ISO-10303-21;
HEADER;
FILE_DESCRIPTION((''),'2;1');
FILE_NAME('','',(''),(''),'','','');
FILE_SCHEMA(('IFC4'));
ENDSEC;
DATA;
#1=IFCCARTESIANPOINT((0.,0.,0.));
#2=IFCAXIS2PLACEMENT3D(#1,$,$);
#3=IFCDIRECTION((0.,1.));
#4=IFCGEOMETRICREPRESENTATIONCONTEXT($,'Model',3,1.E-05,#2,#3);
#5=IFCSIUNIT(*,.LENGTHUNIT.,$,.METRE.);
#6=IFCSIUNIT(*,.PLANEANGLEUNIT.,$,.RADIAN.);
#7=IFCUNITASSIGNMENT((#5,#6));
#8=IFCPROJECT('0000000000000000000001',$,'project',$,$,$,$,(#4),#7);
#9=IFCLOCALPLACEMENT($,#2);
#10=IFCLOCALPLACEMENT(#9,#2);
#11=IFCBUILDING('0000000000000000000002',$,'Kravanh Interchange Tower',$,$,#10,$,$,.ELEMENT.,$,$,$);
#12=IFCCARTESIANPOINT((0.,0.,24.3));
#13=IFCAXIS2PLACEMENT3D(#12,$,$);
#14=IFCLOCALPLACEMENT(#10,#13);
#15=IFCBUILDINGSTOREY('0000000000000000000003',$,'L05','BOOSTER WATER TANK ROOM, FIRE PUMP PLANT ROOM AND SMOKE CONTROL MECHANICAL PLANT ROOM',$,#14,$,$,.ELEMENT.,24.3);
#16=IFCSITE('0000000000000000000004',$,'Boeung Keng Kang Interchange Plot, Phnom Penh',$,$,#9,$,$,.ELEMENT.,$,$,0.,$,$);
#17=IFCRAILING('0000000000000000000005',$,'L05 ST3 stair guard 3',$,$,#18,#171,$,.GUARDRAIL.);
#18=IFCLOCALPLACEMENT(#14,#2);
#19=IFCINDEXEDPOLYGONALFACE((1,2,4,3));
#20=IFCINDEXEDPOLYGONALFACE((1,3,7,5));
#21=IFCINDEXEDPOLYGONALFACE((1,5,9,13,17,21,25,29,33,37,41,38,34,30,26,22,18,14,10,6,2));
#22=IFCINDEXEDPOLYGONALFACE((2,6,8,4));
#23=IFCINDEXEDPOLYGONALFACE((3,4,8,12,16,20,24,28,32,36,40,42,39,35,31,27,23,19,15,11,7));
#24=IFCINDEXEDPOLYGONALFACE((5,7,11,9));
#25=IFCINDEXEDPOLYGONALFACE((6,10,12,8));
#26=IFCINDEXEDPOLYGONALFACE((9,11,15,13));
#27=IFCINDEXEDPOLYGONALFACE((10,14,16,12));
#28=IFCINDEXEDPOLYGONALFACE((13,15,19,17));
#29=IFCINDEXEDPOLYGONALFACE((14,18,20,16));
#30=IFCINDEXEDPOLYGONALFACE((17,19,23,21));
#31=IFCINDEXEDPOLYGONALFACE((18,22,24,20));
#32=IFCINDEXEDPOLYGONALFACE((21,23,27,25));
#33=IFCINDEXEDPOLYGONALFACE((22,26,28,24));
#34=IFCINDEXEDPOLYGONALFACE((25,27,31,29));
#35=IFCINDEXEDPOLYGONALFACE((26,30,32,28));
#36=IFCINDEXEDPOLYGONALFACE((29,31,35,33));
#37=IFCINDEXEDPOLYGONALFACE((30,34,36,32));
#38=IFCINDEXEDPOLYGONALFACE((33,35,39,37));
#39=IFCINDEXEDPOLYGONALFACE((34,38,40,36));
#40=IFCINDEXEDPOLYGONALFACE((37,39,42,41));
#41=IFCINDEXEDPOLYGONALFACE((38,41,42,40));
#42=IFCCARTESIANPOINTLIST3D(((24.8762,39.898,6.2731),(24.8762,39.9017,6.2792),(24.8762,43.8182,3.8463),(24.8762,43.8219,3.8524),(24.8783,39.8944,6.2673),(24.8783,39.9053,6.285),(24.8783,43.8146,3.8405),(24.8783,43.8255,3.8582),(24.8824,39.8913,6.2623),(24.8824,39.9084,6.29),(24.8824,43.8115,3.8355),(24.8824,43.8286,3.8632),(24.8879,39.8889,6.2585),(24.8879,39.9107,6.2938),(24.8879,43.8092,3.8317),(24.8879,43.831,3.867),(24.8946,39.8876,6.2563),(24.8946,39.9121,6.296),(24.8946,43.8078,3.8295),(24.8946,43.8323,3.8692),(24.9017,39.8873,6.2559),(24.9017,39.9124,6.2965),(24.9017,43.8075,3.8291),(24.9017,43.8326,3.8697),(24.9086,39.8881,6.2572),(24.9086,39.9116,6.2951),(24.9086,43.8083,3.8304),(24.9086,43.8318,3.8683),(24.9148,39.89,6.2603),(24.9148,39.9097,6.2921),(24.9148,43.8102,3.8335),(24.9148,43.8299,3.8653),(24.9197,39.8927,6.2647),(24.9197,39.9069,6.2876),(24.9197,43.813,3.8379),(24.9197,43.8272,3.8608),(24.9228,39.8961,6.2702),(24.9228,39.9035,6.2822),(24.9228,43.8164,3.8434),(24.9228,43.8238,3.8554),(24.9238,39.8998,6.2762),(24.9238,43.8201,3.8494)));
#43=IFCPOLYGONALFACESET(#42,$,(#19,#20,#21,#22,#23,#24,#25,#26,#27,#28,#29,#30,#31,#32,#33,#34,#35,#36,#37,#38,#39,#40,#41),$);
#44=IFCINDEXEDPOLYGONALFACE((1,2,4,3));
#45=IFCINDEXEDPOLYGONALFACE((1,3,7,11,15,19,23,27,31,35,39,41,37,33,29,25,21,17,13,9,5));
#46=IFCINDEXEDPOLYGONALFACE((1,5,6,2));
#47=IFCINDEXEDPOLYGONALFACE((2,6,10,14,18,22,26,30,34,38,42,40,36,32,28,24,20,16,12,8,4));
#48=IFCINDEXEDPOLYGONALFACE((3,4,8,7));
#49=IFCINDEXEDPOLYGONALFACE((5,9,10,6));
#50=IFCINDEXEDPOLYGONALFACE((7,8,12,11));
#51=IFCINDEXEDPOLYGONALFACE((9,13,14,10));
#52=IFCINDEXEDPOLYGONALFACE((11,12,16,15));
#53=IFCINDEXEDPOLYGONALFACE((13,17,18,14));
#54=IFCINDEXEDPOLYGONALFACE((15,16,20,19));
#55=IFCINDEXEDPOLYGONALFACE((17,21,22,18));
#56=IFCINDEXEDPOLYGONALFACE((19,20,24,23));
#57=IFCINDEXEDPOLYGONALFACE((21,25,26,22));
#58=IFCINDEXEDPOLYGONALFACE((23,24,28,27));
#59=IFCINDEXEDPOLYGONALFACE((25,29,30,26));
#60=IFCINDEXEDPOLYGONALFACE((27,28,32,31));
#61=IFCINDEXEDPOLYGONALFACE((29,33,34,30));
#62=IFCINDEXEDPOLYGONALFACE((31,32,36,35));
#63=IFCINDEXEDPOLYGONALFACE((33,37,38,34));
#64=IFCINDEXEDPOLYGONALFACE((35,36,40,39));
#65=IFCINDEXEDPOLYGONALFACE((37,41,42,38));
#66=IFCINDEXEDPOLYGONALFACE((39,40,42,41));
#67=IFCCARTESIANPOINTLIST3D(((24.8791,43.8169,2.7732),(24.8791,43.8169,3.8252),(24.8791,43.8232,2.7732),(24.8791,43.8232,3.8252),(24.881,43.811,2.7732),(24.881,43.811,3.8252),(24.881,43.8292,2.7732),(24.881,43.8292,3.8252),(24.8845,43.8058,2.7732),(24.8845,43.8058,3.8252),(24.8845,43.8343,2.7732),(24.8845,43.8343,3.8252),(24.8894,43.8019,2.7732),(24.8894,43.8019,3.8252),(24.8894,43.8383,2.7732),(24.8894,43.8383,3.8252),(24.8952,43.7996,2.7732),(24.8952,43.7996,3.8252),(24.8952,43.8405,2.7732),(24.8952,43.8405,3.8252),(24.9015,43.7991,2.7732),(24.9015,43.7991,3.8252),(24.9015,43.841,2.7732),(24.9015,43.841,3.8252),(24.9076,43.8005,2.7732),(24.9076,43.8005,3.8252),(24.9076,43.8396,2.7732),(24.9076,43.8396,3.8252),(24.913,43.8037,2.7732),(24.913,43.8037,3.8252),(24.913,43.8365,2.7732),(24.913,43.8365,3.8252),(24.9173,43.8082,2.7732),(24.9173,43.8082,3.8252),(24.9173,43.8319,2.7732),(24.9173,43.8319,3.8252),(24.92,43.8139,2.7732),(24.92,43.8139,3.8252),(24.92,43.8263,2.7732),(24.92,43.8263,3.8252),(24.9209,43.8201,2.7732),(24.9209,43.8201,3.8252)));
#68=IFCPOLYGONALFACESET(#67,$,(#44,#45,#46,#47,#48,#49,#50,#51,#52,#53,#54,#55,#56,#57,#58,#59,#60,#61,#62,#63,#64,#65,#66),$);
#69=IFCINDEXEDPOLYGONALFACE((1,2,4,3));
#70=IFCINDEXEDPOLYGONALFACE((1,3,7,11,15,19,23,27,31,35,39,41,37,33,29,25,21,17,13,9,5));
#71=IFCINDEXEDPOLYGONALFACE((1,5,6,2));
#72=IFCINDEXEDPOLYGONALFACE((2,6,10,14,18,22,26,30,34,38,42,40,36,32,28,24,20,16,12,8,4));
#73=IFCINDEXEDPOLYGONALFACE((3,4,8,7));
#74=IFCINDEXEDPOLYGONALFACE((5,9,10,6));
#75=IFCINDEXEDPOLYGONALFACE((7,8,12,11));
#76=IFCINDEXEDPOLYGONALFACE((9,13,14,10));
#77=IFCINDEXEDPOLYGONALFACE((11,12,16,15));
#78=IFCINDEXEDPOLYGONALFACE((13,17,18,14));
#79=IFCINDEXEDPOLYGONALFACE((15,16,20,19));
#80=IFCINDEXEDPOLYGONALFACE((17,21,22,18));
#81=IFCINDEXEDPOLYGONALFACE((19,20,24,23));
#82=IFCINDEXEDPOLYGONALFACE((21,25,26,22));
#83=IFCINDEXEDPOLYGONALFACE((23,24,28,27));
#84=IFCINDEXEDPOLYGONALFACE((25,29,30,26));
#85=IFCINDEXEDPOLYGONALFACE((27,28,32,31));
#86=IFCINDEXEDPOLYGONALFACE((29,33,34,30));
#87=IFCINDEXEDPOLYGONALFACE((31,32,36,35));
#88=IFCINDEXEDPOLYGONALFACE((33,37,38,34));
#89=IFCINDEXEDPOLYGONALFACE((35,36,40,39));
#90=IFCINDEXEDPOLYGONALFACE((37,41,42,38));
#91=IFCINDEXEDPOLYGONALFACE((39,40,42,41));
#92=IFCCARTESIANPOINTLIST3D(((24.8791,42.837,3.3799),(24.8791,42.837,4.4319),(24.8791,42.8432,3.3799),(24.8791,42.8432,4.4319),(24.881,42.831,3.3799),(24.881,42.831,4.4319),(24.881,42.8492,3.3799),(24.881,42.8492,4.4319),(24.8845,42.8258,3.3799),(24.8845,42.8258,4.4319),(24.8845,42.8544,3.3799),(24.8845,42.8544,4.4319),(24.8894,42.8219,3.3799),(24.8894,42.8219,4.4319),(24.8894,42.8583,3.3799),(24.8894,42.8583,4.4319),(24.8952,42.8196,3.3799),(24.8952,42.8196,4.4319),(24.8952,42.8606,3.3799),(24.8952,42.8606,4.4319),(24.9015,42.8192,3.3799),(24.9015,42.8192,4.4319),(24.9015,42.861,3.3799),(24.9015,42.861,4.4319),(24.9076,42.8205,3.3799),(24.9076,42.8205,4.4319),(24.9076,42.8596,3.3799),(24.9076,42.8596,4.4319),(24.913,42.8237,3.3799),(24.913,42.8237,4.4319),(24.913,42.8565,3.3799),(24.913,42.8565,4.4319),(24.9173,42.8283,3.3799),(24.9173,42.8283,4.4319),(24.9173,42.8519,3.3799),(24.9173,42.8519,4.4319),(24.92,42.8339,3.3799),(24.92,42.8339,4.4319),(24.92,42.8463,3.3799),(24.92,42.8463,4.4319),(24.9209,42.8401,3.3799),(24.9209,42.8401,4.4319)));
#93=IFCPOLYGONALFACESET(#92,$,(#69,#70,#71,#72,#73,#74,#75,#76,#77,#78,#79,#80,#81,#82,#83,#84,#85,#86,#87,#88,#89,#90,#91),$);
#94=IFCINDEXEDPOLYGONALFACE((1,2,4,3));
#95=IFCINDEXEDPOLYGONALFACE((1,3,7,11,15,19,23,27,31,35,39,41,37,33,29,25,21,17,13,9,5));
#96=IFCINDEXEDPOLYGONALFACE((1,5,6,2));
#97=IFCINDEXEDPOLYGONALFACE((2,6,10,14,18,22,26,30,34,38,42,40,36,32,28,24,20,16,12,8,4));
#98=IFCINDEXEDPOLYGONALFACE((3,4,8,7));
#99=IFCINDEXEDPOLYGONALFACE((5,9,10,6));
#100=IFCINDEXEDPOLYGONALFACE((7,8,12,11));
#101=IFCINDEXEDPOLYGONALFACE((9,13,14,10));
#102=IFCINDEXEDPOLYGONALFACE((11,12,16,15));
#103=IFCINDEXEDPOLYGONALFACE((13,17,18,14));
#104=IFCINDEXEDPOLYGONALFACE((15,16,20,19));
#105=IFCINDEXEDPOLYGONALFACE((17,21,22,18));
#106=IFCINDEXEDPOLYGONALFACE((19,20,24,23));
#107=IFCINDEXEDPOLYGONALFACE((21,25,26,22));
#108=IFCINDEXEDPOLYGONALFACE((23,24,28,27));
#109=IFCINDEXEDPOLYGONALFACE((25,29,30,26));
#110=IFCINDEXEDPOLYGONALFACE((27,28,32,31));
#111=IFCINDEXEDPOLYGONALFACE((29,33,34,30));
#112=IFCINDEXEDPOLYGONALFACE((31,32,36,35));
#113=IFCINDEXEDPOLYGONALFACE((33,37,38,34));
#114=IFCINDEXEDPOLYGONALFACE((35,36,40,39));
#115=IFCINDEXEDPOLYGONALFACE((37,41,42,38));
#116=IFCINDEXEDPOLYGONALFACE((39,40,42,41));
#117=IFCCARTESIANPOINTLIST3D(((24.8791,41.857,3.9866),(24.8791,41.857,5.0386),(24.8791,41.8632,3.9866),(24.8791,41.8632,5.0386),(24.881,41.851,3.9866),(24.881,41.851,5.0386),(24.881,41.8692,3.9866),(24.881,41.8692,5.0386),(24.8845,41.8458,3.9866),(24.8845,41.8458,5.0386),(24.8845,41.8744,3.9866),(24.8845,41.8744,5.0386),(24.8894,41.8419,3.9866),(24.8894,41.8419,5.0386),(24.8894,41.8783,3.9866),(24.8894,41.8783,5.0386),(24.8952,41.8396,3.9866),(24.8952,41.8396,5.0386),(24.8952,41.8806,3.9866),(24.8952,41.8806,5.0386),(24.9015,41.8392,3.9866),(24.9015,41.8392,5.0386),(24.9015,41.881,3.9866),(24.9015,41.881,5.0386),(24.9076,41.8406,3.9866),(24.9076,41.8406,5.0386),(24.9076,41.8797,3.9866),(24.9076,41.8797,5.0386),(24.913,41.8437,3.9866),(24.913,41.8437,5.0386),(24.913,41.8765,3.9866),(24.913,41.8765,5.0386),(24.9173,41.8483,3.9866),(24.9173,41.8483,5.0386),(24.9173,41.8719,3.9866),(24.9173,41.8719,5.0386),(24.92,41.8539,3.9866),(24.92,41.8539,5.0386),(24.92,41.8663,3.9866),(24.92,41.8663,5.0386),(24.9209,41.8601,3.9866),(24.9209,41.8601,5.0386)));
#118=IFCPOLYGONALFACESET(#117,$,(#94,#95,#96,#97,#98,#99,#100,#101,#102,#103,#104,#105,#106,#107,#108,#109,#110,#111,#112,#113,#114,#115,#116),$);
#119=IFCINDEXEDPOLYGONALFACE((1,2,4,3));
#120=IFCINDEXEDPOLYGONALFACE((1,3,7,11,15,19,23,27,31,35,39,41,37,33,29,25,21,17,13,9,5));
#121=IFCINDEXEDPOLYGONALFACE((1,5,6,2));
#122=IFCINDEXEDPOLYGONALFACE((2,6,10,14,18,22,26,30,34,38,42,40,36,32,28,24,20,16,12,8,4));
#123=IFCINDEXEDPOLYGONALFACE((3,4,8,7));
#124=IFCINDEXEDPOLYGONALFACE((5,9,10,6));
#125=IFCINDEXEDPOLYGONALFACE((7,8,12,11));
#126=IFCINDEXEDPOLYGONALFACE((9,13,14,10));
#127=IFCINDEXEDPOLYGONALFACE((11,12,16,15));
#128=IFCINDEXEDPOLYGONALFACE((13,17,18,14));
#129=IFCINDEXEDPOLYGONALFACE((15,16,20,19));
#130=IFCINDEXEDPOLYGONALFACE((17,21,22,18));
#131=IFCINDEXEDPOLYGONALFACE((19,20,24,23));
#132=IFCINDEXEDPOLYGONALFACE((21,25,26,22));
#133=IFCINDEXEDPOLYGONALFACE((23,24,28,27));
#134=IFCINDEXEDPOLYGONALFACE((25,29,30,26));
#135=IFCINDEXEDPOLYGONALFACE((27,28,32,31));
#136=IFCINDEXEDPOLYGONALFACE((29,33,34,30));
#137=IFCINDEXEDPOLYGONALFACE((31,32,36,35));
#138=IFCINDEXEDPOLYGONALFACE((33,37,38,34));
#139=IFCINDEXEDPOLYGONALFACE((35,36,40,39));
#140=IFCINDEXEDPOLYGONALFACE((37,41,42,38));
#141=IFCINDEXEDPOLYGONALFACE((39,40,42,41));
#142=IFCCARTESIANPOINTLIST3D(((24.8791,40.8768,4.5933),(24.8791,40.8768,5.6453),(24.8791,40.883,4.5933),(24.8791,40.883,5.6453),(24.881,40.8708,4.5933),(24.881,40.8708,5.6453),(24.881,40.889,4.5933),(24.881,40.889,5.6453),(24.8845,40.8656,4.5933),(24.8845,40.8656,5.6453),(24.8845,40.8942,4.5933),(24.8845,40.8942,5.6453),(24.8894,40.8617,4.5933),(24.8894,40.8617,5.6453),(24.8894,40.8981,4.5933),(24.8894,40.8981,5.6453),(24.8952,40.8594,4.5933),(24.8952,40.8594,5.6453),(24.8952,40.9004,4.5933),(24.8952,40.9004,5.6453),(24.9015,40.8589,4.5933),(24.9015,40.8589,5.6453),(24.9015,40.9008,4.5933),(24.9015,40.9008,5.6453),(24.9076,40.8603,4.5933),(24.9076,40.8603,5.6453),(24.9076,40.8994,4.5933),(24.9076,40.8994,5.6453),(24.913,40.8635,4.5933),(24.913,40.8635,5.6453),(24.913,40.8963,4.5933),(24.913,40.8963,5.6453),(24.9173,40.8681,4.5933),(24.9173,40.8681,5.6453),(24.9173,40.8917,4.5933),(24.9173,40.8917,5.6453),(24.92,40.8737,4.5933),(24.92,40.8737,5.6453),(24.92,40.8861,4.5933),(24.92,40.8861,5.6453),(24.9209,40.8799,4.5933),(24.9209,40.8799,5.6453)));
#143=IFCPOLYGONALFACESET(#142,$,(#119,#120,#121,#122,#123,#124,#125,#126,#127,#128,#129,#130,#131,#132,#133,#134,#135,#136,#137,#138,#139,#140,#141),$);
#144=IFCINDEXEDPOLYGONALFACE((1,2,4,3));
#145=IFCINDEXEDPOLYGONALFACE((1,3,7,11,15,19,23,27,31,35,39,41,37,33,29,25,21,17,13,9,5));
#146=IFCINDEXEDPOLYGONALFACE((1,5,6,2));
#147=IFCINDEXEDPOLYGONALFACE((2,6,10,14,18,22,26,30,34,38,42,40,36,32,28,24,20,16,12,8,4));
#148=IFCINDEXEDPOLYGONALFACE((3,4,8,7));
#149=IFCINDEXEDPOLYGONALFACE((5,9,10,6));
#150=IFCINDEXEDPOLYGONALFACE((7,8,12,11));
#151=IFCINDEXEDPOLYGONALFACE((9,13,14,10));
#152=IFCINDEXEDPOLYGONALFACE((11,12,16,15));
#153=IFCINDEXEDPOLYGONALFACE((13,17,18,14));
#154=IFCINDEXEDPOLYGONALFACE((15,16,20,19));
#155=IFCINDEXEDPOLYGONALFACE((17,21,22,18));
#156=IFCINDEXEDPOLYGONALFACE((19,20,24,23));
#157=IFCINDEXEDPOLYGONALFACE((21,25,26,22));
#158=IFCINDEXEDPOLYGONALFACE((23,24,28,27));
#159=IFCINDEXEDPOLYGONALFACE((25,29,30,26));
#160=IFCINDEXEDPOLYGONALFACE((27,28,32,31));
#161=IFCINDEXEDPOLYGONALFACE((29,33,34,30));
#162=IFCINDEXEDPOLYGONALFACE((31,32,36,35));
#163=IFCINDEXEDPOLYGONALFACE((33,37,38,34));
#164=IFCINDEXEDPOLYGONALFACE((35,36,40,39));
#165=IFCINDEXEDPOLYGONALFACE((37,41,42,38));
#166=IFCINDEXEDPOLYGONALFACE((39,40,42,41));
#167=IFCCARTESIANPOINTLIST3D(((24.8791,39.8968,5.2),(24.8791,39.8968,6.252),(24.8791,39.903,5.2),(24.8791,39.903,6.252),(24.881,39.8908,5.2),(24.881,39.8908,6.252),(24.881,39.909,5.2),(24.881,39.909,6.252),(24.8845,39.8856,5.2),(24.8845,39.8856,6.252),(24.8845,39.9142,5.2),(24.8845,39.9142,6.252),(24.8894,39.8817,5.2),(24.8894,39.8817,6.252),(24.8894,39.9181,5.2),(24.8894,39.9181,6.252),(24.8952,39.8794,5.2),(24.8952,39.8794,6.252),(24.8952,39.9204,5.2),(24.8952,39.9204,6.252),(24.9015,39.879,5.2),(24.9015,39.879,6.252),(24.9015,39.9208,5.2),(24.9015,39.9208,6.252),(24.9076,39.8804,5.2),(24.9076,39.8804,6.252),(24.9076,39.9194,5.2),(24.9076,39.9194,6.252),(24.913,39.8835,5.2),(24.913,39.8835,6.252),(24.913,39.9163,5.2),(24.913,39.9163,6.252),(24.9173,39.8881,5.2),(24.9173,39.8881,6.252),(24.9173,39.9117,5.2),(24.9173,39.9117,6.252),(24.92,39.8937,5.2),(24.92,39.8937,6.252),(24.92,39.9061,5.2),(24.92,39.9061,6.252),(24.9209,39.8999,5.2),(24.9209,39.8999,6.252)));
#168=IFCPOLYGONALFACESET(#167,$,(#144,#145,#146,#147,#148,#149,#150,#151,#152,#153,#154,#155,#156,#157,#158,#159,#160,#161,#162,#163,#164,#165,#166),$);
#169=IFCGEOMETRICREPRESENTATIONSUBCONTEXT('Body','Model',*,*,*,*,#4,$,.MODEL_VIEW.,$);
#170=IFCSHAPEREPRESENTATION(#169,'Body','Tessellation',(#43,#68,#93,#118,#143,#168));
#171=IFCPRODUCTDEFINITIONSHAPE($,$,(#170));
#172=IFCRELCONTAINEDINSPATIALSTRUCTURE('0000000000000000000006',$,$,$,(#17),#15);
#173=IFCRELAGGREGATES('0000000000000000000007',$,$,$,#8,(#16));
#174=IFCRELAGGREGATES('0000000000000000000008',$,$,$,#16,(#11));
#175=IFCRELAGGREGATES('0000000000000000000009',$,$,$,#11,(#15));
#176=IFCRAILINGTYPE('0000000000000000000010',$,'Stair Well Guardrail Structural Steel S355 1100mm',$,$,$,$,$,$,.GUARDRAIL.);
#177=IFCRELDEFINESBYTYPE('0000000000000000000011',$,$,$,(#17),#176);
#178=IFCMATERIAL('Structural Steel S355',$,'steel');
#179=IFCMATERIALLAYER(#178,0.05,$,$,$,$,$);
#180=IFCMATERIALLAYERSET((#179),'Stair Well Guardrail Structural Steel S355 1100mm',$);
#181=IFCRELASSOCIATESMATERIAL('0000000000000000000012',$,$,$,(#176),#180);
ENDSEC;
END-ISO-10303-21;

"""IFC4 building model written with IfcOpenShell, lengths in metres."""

from ifc_helpers import new_model, si_unit, direction, frame, origin, origin_2d, place, context, subcontext, project, spatial, circle, extrude, material, layer, layer_set, type_object, element, save


model = new_model("IFC4")

# Units and contexts
model_context = context("Model", 3, precision=1e-05, world=origin(), true_north=direction((0.0, 1.0)))
body_context = subcontext(model_context, "Body", "Model", "MODEL_VIEW")
ifc_project = project(units=[si_unit("LENGTHUNIT", "METRE"), si_unit("PLANEANGLEUNIT", "RADIAN")], contexts=[model_context])

# Site, building, storey
site_placement = place(None, origin())
site = spatial("IfcSite", under=ifc_project, at=site_placement, Name="Boeung Keng Kang Interchange Plot, Phnom Penh", CompositionType="ELEMENT", RefElevation=0.0)
building_placement = place(site_placement, origin())
building = spatial("IfcBuilding", under=site, at=building_placement, Name="Kravanh Interchange Tower", CompositionType="ELEMENT")
storey_placement = place(building_placement, frame((0.0, 0.0, 24.3)))
storey = spatial("IfcBuildingStorey", under=building, at=storey_placement, Name="L05", Description="BOOSTER WATER TANK ROOM, FIRE PUMP PLANT ROOM AND SMOKE CONTROL MECHANICAL PLANT ROOM", CompositionType="ELEMENT", Elevation=24.3)

# Railing
ifc_material_1 = material(Name="Structural Steel S355", Category="steel")
ifc_layer_1 = layer(ifc_material_1, 0.05)
ifc_layer_set_1 = layer_set([ifc_layer_1], Name="Stair Well Guardrail Structural Steel S355 1100mm")
railing_type_1 = type_object("IfcRailingType", Name="Stair Well Guardrail Structural Steel S355 1100mm", PredefinedType="GUARDRAIL", material=ifc_layer_set_1)
railing_1_placement = place(storey_placement, frame((24.8999, 43.8201, 2.7732)))
element("IfcRailing", 1, at=railing_1_placement, inside=storey, type_object=railing_type_1, Name="L05 ST3 stair guard 3", PredefinedType="GUARDRAIL", context=body_context, shape_type="SweptSolid", body=[
    extrude(circle(Radius=0.0239, at=origin_2d()), frame((0.0, 0.0, 1.0762), z_axis=(0.0, -0.850266, 0.526353), x_axis=(1.0, 0.0, 0.0)), (0.0, 0.0, 1.0), 4.6106),
    extrude(circle(Radius=0.021, at=origin_2d()), origin(), (0.0, 0.0, 1.0), 1.052),
    extrude(circle(Radius=0.021, at=origin_2d()), frame((0.0, -0.98, 0.6067)), (0.0, 0.0, 1.0), 1.052),
    extrude(circle(Radius=0.021, at=origin_2d()), frame((0.0, -1.96, 1.2134)), (0.0, 0.0, 1.0), 1.052),
    extrude(circle(Radius=0.021, at=origin_2d()), frame((0.0, -2.9402, 1.8201)), (0.0, 0.0, 1.0), 1.052),
    extrude(circle(Radius=0.021, at=origin_2d()), frame((0.0, -3.9202, 2.4268)), (0.0, 0.0, 1.0), 1.052),
])

save(model, "model.ifc")
